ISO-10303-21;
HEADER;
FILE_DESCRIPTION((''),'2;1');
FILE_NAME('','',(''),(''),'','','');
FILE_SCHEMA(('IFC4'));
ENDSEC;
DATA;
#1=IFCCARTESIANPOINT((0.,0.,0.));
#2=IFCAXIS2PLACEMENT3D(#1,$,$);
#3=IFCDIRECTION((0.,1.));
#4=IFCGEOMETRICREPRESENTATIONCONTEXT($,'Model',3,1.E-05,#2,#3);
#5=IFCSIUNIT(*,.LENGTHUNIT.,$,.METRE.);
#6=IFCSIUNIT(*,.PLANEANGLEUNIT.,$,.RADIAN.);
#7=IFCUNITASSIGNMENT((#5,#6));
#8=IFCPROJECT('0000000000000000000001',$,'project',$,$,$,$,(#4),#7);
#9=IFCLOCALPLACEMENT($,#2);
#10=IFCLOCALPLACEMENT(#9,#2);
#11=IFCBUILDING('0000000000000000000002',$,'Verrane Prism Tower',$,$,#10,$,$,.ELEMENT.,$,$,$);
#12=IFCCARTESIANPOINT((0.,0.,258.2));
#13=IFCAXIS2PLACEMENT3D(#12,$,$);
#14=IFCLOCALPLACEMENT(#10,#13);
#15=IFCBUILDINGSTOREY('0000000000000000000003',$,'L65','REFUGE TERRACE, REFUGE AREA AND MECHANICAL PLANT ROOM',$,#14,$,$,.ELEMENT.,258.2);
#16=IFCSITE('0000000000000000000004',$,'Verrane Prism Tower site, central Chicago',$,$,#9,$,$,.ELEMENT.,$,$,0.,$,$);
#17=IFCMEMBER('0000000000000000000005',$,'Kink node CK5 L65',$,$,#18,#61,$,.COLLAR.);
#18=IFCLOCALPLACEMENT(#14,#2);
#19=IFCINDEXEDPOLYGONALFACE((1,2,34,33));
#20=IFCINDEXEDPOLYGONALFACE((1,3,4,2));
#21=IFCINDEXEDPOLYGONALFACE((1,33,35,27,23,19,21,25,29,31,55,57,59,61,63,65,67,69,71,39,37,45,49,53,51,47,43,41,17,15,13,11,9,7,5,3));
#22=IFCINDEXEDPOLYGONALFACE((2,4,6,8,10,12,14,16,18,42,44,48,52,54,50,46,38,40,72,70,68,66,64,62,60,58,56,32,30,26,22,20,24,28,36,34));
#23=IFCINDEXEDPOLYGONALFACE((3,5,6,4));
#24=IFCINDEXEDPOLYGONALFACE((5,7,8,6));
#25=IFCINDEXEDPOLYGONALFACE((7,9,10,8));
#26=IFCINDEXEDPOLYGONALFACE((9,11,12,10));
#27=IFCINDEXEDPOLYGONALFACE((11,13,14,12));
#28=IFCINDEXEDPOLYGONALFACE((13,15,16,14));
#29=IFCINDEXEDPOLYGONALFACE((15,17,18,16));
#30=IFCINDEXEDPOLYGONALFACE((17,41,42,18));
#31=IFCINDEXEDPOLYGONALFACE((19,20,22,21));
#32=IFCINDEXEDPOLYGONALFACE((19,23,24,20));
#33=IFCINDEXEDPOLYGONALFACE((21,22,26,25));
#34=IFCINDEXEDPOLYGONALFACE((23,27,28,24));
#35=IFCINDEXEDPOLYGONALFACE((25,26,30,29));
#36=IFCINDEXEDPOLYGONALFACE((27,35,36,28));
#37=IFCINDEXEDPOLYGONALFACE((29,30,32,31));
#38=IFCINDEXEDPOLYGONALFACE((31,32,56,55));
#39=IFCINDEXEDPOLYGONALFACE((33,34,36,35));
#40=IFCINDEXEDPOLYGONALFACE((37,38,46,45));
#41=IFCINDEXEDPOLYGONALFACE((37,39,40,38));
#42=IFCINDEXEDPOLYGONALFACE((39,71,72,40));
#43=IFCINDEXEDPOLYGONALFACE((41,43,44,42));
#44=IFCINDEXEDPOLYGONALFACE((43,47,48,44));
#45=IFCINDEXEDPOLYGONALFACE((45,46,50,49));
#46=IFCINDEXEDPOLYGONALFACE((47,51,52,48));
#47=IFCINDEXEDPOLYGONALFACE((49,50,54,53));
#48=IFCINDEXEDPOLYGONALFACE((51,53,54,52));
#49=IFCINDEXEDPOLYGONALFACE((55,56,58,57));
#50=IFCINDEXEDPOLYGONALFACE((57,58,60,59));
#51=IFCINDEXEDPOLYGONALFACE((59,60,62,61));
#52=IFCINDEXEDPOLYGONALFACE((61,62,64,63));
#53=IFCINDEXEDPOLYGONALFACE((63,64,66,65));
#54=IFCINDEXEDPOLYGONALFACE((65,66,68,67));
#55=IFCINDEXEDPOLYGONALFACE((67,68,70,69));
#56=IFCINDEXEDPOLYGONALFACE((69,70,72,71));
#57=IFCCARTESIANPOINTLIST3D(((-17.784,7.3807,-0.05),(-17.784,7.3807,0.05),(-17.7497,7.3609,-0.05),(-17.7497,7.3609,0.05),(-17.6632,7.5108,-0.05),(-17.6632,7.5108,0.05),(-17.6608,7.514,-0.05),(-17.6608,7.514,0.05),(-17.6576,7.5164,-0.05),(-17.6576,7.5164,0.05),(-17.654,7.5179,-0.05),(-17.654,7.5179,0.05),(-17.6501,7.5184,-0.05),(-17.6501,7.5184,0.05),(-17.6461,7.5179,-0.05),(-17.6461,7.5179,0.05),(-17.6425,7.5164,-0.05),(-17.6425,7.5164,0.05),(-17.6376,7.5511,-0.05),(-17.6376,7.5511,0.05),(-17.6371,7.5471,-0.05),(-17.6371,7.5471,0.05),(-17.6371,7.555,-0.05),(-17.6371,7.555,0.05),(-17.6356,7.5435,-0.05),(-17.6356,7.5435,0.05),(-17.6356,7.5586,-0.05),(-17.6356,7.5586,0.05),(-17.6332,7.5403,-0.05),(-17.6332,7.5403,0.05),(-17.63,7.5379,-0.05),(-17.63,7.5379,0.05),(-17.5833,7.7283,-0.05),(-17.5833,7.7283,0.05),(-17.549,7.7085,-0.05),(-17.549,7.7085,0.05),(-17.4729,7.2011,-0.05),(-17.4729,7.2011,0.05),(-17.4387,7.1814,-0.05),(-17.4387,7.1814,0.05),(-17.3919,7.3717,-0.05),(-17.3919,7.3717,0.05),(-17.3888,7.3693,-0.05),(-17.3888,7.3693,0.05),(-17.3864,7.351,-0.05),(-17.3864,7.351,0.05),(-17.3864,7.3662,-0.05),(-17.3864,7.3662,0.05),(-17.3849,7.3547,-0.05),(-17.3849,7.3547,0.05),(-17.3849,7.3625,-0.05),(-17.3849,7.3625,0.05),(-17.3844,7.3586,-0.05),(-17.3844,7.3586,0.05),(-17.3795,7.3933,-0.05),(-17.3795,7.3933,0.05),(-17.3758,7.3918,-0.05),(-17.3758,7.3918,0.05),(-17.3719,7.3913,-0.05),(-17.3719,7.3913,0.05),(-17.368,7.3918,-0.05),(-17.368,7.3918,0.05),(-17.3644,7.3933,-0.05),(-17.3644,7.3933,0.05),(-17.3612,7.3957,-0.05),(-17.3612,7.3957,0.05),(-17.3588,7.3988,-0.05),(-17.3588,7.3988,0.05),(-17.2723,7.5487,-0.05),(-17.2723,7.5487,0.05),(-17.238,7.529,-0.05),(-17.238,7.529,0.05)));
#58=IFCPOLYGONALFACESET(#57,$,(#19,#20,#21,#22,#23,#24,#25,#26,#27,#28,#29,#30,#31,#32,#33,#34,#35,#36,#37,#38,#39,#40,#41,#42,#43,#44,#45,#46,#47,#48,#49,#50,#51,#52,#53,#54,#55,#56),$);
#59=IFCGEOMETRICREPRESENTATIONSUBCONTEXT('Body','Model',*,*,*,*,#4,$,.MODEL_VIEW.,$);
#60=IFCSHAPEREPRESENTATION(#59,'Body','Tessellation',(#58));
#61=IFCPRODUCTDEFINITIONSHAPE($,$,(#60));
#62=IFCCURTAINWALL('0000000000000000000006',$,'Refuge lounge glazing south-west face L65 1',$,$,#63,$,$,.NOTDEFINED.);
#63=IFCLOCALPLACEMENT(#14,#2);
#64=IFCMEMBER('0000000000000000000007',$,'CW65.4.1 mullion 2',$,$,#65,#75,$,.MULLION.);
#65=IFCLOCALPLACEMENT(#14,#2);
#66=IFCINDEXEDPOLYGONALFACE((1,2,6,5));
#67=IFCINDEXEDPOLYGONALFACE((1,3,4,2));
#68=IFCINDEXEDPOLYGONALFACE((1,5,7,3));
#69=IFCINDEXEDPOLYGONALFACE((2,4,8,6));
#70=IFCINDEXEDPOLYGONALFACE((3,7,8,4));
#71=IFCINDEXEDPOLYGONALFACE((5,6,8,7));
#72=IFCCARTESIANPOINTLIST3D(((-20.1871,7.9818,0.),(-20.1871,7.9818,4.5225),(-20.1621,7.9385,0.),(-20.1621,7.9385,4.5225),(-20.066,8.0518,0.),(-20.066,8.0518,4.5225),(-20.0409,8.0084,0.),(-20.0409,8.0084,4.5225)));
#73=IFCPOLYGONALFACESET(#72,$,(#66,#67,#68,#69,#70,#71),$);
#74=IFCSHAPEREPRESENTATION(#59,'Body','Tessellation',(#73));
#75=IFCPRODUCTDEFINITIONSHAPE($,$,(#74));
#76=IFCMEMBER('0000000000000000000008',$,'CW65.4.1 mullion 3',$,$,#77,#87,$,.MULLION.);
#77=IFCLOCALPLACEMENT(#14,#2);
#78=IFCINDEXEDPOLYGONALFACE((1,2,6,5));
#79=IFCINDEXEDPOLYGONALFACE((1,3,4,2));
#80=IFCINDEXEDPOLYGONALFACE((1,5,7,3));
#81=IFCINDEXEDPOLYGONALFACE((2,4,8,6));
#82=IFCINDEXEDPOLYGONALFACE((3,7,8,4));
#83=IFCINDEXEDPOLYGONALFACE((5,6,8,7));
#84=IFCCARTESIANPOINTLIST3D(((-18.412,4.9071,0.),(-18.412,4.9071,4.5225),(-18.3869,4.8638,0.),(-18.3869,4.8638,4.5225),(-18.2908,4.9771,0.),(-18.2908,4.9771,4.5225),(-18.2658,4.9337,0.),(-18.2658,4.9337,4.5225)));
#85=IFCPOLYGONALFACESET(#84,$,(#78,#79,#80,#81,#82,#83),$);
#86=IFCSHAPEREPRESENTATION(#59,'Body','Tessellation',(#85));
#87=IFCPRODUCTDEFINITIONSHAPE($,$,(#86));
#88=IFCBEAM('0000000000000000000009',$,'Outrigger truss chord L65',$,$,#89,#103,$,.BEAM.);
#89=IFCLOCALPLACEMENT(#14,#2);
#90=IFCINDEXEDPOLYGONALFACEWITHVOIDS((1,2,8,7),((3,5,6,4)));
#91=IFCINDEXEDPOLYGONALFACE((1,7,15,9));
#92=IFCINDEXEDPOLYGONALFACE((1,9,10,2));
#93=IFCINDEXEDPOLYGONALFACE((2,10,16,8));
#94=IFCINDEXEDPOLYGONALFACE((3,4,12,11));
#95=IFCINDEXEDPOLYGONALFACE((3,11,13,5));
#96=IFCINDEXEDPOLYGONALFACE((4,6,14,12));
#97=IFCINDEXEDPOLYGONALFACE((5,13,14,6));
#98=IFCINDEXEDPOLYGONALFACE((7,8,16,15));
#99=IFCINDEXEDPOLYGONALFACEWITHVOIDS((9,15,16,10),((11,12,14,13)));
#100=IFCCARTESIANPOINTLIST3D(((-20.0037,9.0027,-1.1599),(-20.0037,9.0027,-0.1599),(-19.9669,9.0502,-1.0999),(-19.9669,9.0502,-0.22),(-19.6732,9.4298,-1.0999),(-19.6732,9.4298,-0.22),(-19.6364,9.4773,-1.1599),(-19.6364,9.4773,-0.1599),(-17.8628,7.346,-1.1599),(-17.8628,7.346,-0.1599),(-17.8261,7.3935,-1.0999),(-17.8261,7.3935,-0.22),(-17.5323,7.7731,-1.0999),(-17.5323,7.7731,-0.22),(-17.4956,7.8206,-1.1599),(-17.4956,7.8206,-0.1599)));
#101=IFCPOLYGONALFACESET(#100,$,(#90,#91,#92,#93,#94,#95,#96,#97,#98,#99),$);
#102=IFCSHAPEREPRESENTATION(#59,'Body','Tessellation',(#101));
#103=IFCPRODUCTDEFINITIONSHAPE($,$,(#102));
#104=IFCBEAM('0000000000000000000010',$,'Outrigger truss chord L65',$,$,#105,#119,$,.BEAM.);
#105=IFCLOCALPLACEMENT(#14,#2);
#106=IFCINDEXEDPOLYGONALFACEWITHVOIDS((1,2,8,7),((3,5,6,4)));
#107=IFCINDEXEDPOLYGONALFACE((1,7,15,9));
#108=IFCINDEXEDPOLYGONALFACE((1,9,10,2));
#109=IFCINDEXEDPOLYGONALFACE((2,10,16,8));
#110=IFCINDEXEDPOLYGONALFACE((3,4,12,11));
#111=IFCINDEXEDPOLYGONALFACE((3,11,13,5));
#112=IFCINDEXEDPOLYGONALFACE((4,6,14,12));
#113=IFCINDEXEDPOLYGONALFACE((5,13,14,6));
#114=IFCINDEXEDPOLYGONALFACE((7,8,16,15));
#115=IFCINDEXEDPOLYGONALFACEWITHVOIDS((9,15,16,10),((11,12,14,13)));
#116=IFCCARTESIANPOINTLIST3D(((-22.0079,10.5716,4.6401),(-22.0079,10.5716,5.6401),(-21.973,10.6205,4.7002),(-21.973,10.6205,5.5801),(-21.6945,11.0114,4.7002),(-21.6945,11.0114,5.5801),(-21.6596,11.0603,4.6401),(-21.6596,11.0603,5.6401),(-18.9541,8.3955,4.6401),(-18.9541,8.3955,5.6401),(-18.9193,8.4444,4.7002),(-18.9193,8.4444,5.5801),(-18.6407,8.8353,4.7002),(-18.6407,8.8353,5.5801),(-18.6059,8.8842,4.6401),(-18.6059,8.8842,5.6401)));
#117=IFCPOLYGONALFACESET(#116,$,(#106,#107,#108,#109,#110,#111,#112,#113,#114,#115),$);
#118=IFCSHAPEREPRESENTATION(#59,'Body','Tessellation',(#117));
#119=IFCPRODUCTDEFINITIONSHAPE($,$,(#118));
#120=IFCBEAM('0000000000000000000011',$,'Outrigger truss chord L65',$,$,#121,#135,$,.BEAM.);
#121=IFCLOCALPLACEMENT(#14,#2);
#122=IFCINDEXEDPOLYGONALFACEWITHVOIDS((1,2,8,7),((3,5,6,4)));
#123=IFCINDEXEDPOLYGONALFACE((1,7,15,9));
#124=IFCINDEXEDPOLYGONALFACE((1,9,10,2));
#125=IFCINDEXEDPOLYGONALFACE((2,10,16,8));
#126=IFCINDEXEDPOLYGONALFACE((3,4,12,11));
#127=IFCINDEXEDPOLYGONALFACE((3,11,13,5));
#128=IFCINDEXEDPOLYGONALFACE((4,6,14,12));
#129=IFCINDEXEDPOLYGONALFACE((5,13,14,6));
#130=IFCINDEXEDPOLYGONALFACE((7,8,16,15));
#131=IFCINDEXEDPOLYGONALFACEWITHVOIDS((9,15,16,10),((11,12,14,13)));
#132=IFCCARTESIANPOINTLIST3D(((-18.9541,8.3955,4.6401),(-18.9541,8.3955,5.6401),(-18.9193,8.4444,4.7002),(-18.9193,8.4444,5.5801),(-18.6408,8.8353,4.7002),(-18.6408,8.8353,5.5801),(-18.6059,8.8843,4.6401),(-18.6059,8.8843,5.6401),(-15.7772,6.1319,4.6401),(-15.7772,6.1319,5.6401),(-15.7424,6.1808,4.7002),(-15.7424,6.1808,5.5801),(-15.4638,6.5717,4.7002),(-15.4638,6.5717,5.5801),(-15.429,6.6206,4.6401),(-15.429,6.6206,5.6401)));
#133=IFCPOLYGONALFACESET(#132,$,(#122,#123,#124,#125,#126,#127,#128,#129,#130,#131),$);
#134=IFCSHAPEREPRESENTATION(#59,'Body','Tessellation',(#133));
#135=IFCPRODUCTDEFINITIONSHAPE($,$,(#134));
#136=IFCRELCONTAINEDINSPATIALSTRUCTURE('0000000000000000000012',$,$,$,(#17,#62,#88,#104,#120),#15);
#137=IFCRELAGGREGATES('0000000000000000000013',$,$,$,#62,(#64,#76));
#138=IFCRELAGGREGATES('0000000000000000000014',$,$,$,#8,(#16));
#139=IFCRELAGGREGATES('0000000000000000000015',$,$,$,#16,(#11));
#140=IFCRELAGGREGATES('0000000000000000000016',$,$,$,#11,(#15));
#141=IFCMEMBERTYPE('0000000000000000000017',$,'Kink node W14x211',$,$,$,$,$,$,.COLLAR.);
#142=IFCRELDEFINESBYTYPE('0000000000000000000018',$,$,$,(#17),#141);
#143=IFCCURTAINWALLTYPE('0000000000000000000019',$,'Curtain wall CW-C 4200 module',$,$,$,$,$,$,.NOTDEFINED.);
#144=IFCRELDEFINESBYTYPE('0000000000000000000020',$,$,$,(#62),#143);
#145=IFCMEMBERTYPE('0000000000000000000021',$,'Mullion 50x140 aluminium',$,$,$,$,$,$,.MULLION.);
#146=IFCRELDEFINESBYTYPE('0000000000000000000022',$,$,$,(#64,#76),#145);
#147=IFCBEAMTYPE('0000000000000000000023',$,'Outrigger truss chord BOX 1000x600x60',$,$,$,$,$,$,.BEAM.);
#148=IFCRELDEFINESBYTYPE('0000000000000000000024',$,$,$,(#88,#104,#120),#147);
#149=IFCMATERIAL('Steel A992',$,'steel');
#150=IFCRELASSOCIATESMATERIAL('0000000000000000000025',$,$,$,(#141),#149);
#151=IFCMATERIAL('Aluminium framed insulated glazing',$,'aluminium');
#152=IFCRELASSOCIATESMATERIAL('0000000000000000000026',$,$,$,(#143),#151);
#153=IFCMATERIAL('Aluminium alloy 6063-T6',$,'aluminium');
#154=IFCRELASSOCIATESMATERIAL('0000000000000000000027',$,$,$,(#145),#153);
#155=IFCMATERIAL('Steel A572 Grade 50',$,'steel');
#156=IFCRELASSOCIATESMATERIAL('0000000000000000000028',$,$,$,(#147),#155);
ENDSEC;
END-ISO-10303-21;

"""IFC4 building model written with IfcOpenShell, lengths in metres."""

from ifc_helpers import new_model, si_unit, direction, frame, origin, origin_2d, place, context, subcontext, project, spatial, rectangle, hollow_rectangle, i_section, extrude, material, material_profile, profile_set, type_object, element, aggregate, save


model = new_model("IFC4")

# Units and contexts
model_context = context("Model", 3, precision=1e-05, world=origin(), true_north=direction((0.0, 1.0)))
body_context = subcontext(model_context, "Body", "Model", "MODEL_VIEW")
ifc_project = project(units=[si_unit("LENGTHUNIT", "METRE"), si_unit("PLANEANGLEUNIT", "RADIAN")], contexts=[model_context])

# Site, building, storey
site_placement = place(None, origin())
site = spatial("IfcSite", under=ifc_project, at=site_placement, Name="Verrane Prism Tower site, central Chicago", CompositionType="ELEMENT", RefElevation=0.0)
building_placement = place(site_placement, origin())
building = spatial("IfcBuilding", under=site, at=building_placement, Name="Verrane Prism Tower", CompositionType="ELEMENT")
storey_placement = place(building_placement, frame((0.0, 0.0, 258.2)))
storey = spatial("IfcBuildingStorey", under=building, at=storey_placement, Name="L65", Description="REFUGE TERRACE, REFUGE AREA AND MECHANICAL PLANT ROOM", CompositionType="ELEMENT", Elevation=258.2)

# Member
ifc_material_1 = material(Name="Steel A992", Category="steel")
ifc_material_profile_1 = material_profile(ifc_material_1, i_section(OverallWidth=0.4014, OverallDepth=0.3987, WebThickness=0.0249, FlangeThickness=0.0396, FilletRadius=0.0151, at=origin_2d()), Name="W14x211")
ifc_profile_set_1 = profile_set([ifc_material_profile_1], Name="Steel A992")
member_type_1 = type_object("IfcMemberType", Name="Kink node W14x211", PredefinedType="COLLAR", material=ifc_profile_set_1)
member_1_placement = place(storey_placement, frame((-17.511, 7.4548, -0.05), z_axis=(0.0, 0.0, 1.0), x_axis=(0.5, 0.866025, 0.0)))
element("IfcMember", 1, at=member_1_placement, inside=storey, type_object=member_type_1, Name="Kink node CK5 L65", PredefinedType="COLLAR", context=body_context, shape_type="SweptSolid", body=[
    extrude(i_section(OverallWidth=0.4014, OverallDepth=0.3987, WebThickness=0.0249, FlangeThickness=0.0396, FilletRadius=0.0151, at=origin_2d()), origin(), (0.0, 0.0, 1.0), 0.1001),
])

# Curtain wall, members
ifc_material_2 = material(Name="Aluminium framed insulated glazing", Category="aluminium")
curtain_wall_type = type_object("IfcCurtainWallType", Name="Curtain wall CW-C 4200 module", PredefinedType="NOTDEFINED", material=ifc_material_2)
curtain_wall_placement = place(storey_placement, origin())
curtain_wall = element("IfcCurtainWall", 2, at=curtain_wall_placement, inside=storey, type_object=curtain_wall_type, Name="Refuge lounge glazing south-west face L65 1", PredefinedType="NOTDEFINED")
ifc_material_3 = material(Name="Aluminium alloy 6063-T6", Category="aluminium")
ifc_material_profile_2 = material_profile(ifc_material_3, rectangle(XDim=0.1399, YDim=0.05, at=origin_2d()), Name="Mullion 50x140 aluminium")
ifc_profile_set_2 = profile_set([ifc_material_profile_2], Name="Aluminium alloy 6063-T6")
member_type_2 = type_object("IfcMemberType", Name="Mullion 50x140 aluminium", PredefinedType="MULLION", material=ifc_profile_set_2)
member_2_placement = place(storey_placement, frame((-20.114, 7.9951, 0.0), z_axis=(0.0, 0.0, 1.0), x_axis=(0.866027, 0.499997, 0.0)))
member_2 = element("IfcMember", 3, at=member_2_placement, type_object=member_type_2, Name="CW65.4.1 mullion 2", PredefinedType="MULLION", context=body_context, shape_type="SweptSolid", body=[
    extrude(rectangle(XDim=0.1399, YDim=0.05, at=origin_2d()), origin(), (0.0, 0.0, 1.0), 4.5225),
])
member_3_placement = place(storey_placement, frame((-18.3389, 4.9204, 0.0), z_axis=(0.0, 0.0, 1.0), x_axis=(0.866027, 0.499997, 0.0)))
member_3 = element("IfcMember", 4, at=member_3_placement, type_object=member_type_2, Name="CW65.4.1 mullion 3", PredefinedType="MULLION", context=body_context, shape_type="SweptSolid", body=[
    extrude(rectangle(XDim=0.1399, YDim=0.05, at=origin_2d()), origin(), (0.0, 0.0, 1.0), 4.5225),
])

# Beams
ifc_material_4 = material(Name="Steel A572 Grade 50", Category="steel")
ifc_material_profile_3 = material_profile(ifc_material_4, hollow_rectangle(XDim=0.6001, YDim=1.0, WallThickness=0.0601, at=origin_2d()), Name="BOX 1000x600x60")
ifc_profile_set_3 = profile_set([ifc_material_profile_3], Name="Steel A572 Grade 50")
beam_type_1 = type_object("IfcBeamType", Name="Outrigger truss chord BOX 1000x600x60", PredefinedType="BEAM", material=ifc_profile_set_3)
beam_1_placement = place(storey_placement, frame((-19.8201, 9.24, -0.6599), z_axis=(0.79085, -0.612009, 0.0), x_axis=(0.612009, 0.79085, 0.0)))
element("IfcBeam", 5, at=beam_1_placement, inside=storey, type_object=beam_type_1, Name="Outrigger truss chord L65", PredefinedType="BEAM", context=body_context, shape_type="SweptSolid", body=[
    extrude(hollow_rectangle(XDim=0.6001, YDim=1.0, WallThickness=0.0601, at=origin_2d()), origin(), (0.0, 0.0, 1.0), 2.707),
])
beam_2_placement = place(storey_placement, frame((-21.8337, 10.8159, 5.1401), z_axis=(0.814388, -0.58032, 0.0), x_axis=(0.58032, 0.814388, 0.0)))
element("IfcBeam", 6, at=beam_2_placement, inside=storey, type_object=beam_type_1, Name="Outrigger truss chord L65", PredefinedType="BEAM", context=body_context, shape_type="SweptSolid", body=[
    extrude(hollow_rectangle(XDim=0.6001, YDim=1.0, WallThickness=0.0601, at=origin_2d()), origin(), (0.0, 0.0, 1.0), 3.7498),
])
beam_3_placement = place(storey_placement, frame((-18.78, 8.6399, 5.1401), z_axis=(0.814414, -0.580285, 0.0), x_axis=(0.580285, 0.814414, 0.0)))
element("IfcBeam", 7, at=beam_3_placement, inside=storey, type_object=beam_type_1, Name="Outrigger truss chord L65", PredefinedType="BEAM", context=body_context, shape_type="SweptSolid", body=[
    extrude(hollow_rectangle(XDim=0.6001, YDim=1.0, WallThickness=0.0601, at=origin_2d()), origin(), (0.0, 0.0, 1.0), 3.9009),
])

aggregate(curtain_wall, [member_2, member_3])

save(model, "model.ifc")
